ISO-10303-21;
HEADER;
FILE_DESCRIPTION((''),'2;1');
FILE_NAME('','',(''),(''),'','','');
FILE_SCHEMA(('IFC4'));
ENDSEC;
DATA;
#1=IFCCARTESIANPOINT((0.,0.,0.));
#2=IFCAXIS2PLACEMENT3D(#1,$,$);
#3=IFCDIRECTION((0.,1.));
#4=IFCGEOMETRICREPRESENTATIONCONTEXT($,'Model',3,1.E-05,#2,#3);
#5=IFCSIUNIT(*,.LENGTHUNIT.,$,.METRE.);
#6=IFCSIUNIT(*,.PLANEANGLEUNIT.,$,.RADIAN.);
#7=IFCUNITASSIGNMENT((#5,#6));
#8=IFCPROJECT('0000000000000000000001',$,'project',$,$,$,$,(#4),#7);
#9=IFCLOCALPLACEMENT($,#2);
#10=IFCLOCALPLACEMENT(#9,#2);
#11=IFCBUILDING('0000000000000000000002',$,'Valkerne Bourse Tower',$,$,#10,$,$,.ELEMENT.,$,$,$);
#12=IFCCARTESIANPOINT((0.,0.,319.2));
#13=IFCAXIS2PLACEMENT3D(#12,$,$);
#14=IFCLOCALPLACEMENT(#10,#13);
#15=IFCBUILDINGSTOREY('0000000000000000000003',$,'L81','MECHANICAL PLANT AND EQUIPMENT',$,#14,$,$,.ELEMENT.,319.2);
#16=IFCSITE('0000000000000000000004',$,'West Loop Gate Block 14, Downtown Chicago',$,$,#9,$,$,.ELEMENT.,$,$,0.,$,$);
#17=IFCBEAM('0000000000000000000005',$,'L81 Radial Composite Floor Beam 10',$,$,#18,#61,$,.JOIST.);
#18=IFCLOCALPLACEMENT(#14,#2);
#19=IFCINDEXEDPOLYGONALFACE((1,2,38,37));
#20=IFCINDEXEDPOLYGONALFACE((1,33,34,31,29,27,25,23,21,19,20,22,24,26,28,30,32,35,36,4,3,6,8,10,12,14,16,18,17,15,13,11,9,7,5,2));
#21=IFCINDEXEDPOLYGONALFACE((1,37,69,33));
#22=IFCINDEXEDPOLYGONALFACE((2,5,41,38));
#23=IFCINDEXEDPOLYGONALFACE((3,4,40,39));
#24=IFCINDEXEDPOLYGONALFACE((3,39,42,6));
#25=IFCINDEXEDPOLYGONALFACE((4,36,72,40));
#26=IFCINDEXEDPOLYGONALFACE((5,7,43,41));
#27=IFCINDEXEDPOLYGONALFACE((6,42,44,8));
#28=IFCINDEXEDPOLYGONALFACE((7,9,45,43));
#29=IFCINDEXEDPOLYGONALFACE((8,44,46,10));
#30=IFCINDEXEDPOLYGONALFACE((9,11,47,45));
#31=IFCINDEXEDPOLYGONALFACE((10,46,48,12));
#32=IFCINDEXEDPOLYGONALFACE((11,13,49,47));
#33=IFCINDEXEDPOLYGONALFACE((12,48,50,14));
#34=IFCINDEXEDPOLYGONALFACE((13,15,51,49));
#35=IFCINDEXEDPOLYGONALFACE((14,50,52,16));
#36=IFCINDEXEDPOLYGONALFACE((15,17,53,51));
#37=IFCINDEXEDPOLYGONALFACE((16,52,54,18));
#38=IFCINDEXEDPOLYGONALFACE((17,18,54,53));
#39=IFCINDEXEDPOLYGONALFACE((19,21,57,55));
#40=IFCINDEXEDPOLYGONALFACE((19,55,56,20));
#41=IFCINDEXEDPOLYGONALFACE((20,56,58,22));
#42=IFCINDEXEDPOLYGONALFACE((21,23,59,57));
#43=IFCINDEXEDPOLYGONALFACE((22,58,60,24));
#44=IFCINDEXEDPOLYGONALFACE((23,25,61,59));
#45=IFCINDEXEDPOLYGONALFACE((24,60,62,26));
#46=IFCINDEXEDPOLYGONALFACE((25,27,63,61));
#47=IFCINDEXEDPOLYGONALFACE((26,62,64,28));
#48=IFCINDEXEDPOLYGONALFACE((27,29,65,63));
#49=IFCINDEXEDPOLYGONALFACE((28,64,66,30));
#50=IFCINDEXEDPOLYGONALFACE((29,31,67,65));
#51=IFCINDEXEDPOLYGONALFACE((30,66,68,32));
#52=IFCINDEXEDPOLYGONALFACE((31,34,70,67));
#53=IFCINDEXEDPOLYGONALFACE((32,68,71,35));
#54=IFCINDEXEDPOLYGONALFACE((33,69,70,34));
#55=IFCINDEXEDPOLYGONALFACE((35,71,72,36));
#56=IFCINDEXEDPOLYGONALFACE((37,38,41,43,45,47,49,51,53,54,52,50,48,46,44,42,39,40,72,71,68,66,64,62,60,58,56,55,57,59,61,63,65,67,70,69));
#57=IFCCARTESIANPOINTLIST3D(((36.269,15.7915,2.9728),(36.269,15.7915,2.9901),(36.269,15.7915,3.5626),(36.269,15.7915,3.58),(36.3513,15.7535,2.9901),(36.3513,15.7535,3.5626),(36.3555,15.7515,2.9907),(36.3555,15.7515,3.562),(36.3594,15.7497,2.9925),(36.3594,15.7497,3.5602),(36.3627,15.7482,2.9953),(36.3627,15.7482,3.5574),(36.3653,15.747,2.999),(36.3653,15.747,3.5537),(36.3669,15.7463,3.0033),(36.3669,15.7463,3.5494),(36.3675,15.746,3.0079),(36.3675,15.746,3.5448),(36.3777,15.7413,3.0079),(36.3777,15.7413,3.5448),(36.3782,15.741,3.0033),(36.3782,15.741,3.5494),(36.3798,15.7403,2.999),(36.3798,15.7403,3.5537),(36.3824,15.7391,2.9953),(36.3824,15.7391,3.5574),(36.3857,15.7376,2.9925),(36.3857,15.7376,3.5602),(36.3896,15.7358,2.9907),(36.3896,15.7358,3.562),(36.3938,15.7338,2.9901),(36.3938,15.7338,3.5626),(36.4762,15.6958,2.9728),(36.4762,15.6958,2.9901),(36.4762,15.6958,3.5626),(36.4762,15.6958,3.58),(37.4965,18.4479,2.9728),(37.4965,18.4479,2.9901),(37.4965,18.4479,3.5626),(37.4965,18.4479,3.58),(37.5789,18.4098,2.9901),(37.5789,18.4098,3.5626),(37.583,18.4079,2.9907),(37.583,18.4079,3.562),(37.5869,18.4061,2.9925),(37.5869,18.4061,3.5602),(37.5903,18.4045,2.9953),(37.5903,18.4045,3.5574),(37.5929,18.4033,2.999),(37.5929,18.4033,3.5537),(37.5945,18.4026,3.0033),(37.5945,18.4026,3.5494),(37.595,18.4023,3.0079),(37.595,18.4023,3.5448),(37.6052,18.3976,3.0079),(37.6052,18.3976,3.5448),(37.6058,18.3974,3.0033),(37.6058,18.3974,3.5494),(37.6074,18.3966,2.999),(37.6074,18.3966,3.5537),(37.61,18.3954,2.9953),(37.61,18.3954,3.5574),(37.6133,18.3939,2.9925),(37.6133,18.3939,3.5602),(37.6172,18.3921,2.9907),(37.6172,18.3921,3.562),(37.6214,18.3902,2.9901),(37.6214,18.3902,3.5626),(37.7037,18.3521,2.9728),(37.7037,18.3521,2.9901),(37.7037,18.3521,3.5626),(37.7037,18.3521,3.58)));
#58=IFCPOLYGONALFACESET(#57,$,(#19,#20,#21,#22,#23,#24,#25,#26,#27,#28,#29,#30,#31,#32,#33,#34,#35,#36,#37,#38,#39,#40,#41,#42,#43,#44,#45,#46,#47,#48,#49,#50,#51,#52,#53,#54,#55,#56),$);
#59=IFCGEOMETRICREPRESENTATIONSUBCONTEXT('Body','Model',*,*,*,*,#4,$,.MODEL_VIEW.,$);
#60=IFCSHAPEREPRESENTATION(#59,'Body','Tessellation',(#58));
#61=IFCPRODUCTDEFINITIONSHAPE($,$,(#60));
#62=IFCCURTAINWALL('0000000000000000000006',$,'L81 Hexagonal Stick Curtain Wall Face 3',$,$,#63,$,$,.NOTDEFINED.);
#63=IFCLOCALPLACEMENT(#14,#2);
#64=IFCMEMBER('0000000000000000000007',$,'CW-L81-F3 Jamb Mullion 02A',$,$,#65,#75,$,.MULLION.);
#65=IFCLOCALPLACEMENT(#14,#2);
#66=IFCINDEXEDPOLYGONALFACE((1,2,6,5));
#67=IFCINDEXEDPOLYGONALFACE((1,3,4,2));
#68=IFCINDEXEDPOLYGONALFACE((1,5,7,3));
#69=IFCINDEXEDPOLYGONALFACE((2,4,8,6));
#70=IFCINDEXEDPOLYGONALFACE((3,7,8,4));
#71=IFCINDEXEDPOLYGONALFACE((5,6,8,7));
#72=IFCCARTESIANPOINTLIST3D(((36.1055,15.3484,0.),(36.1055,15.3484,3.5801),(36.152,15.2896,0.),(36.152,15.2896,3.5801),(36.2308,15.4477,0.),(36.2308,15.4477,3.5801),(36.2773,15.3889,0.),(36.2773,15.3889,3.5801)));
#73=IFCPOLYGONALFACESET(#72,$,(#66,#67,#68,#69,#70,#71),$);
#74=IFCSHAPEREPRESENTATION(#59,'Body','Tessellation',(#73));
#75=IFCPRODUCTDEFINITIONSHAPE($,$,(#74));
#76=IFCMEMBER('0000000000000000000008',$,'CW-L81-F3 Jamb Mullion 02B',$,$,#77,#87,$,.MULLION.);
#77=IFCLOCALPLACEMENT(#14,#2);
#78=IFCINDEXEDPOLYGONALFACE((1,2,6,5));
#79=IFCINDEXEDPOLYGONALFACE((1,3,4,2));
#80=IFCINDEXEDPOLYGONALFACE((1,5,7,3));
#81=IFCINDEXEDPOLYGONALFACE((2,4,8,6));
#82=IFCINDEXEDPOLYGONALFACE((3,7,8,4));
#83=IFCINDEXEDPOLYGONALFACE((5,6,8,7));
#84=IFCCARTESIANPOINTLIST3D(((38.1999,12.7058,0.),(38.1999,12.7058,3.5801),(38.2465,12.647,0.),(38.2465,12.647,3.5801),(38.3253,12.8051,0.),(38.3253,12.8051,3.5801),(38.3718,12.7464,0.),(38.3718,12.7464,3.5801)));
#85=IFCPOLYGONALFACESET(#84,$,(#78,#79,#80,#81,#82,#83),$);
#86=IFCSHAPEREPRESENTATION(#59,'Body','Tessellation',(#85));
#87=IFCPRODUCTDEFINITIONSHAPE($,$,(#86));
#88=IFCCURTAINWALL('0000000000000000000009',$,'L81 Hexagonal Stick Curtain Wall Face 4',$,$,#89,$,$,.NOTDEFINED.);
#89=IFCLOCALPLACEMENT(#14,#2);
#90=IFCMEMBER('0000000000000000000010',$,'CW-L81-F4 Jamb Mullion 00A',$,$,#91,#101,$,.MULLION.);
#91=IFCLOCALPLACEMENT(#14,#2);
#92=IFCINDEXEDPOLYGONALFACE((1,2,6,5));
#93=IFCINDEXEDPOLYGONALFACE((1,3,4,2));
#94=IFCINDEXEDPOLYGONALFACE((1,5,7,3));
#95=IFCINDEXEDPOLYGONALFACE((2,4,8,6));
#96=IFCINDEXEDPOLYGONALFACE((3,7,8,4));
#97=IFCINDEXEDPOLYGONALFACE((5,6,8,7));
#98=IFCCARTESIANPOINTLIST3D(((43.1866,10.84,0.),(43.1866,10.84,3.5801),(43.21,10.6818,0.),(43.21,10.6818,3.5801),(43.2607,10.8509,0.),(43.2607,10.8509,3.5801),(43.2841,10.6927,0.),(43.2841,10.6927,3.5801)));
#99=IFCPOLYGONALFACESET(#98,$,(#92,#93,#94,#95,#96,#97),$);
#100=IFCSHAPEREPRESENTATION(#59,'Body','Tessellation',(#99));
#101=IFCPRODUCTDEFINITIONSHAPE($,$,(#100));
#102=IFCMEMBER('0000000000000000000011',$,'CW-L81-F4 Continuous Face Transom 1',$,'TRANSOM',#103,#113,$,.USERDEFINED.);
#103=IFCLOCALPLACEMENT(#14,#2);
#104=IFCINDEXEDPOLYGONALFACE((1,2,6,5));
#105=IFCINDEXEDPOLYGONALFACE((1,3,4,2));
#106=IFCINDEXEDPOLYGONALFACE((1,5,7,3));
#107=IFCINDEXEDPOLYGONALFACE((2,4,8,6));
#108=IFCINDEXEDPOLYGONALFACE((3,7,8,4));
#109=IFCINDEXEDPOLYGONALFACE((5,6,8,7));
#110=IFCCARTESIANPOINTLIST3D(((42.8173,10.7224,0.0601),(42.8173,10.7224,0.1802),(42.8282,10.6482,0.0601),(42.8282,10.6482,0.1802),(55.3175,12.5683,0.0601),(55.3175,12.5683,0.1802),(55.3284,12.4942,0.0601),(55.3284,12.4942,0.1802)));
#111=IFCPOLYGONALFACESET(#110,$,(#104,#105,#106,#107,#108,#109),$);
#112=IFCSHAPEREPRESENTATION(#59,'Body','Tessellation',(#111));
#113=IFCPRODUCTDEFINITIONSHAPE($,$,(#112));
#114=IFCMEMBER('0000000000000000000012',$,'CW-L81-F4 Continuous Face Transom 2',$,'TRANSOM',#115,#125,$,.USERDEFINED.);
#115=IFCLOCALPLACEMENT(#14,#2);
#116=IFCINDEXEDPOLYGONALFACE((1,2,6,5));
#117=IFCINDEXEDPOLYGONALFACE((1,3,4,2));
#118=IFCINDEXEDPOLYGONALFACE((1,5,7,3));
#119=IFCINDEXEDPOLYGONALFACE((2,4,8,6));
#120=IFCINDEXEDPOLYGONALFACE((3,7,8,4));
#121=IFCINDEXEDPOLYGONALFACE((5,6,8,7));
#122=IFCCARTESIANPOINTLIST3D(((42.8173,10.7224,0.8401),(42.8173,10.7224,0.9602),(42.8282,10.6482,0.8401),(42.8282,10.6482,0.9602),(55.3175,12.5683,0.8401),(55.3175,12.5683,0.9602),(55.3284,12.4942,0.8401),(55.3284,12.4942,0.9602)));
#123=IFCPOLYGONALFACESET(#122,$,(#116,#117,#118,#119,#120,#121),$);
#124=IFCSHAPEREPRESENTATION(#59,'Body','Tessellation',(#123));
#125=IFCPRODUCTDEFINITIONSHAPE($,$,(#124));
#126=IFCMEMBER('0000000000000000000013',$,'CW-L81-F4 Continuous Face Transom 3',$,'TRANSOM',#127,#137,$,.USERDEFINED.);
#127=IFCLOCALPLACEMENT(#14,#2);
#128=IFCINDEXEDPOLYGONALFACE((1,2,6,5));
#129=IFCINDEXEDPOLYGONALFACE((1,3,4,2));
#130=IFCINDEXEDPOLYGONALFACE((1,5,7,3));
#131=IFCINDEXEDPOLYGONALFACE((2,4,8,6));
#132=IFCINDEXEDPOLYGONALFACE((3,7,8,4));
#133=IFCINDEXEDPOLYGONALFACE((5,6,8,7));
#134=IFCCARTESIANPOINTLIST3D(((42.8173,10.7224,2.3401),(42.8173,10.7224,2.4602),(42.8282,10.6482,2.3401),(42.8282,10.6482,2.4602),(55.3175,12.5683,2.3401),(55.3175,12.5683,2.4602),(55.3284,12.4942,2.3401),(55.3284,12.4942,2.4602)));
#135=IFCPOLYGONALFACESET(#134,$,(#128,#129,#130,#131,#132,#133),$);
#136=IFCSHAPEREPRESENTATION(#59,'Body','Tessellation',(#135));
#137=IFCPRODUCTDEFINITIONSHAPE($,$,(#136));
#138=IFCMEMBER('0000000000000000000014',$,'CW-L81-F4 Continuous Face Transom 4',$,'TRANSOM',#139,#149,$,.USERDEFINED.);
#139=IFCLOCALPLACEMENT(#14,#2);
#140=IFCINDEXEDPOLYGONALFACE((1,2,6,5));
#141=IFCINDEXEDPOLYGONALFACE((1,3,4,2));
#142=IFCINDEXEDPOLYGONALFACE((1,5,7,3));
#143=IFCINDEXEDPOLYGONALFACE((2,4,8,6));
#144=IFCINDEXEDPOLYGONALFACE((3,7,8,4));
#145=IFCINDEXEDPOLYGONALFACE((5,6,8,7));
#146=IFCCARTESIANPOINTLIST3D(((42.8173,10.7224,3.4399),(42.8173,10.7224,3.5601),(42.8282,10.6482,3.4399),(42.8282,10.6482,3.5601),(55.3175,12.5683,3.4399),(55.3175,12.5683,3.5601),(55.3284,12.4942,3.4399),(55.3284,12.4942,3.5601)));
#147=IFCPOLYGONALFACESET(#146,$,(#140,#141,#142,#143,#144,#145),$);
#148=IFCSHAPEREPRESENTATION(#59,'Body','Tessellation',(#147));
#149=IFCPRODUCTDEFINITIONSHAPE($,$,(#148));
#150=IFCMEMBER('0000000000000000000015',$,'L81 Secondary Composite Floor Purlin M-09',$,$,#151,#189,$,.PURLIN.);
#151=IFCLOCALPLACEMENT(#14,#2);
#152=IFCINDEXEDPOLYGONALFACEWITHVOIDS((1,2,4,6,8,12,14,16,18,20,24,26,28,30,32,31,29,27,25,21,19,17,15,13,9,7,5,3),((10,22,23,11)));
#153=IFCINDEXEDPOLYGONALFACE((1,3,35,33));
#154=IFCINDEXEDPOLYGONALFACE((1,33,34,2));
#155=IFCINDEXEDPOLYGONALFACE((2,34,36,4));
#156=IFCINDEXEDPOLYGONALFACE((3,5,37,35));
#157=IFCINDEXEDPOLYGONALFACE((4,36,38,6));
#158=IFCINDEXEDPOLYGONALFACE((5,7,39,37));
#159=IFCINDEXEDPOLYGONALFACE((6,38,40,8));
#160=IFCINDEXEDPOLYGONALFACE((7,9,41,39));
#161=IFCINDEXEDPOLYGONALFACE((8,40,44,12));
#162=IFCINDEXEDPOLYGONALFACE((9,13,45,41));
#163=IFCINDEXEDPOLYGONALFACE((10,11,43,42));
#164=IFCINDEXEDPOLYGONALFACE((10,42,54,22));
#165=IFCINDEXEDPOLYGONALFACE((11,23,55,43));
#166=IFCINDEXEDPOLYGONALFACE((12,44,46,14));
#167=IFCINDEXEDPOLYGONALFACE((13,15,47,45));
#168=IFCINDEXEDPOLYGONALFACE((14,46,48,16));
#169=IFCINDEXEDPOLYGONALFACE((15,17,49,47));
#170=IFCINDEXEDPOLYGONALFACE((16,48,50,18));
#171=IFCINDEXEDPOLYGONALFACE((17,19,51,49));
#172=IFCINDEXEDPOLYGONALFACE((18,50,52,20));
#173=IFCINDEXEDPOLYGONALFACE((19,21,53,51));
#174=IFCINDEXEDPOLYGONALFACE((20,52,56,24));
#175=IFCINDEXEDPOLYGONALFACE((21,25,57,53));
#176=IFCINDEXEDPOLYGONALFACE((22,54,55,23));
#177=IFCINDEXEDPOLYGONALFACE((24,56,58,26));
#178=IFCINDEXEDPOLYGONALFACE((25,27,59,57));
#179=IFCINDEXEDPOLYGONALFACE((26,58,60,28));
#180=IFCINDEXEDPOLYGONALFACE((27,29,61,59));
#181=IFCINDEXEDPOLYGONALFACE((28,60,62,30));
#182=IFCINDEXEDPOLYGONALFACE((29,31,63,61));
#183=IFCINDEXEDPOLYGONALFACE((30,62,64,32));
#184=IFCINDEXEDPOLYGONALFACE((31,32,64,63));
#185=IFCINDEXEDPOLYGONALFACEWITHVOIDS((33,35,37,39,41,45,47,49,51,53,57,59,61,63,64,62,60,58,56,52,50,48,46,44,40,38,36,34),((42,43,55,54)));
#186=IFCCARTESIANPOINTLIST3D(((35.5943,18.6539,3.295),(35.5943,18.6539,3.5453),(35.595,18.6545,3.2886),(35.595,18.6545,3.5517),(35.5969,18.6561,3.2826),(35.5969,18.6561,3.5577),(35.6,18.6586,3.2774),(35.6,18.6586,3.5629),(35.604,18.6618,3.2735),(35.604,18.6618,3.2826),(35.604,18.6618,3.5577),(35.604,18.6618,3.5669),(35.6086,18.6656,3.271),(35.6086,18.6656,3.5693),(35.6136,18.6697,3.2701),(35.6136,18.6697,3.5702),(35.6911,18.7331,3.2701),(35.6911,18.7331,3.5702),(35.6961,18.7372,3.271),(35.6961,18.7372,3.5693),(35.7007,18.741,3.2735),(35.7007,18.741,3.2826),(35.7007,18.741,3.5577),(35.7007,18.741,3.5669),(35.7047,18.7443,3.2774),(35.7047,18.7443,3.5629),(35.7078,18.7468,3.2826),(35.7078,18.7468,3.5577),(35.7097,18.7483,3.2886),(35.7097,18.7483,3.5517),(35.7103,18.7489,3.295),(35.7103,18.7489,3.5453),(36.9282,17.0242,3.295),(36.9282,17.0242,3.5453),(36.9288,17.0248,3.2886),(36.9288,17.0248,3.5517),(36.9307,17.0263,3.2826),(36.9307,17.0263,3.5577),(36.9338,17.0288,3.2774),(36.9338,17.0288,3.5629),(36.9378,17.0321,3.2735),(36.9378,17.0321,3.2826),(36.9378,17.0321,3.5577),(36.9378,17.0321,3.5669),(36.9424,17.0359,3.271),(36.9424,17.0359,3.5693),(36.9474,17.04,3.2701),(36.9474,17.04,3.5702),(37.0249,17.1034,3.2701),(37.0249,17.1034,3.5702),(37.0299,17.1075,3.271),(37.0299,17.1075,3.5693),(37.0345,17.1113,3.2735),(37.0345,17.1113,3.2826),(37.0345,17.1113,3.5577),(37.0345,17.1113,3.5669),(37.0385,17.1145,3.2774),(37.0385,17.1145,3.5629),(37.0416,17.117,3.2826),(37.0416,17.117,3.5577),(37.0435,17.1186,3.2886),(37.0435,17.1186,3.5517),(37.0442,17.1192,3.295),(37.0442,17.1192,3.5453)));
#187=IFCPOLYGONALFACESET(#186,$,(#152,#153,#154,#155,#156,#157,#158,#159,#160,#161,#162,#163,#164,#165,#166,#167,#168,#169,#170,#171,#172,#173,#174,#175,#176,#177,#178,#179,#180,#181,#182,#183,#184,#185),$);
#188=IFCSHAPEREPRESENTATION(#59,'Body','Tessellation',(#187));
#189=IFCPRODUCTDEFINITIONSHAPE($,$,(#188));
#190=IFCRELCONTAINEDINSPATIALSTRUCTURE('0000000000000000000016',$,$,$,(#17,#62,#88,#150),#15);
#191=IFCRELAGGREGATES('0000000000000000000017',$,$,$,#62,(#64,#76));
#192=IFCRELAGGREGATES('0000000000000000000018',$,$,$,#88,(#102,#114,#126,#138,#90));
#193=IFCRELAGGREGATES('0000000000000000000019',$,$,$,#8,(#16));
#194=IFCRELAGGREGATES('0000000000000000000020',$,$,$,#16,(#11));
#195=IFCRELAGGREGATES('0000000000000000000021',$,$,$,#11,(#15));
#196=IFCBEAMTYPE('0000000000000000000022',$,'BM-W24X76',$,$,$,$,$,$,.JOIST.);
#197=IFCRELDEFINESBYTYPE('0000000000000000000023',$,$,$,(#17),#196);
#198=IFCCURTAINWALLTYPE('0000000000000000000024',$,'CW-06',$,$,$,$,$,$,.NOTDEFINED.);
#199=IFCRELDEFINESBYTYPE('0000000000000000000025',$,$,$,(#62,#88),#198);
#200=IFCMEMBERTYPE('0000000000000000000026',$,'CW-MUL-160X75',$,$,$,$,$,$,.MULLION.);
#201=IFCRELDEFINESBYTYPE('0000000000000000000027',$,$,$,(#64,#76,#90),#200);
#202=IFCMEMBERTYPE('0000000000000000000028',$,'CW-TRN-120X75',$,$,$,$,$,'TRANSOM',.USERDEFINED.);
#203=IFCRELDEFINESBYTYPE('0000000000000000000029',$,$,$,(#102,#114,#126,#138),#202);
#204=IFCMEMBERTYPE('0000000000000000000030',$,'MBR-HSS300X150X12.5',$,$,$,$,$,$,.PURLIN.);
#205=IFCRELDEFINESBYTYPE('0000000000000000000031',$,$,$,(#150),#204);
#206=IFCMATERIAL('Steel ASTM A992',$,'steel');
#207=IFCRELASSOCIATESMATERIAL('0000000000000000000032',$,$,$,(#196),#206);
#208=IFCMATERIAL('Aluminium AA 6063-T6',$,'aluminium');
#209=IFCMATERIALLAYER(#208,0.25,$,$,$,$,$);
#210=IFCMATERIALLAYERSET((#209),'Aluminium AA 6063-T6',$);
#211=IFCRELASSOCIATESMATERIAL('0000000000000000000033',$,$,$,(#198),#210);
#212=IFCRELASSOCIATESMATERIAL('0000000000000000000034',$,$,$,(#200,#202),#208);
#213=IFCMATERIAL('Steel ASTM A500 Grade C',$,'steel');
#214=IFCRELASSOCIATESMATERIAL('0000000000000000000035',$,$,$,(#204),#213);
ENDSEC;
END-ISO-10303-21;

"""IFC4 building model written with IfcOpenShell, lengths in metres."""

from ifc_helpers import new_model, si_unit, direction, frame, origin, origin_2d, place, context, subcontext, project, spatial, rectangle, hollow_rectangle, i_section, extrude, material, layer, layer_set, material_profile, profile_set, type_object, element, aggregate, save


model = new_model("IFC4")

# Units and contexts
model_context = context("Model", 3, precision=1e-05, world=origin(), true_north=direction((0.0, 1.0)))
body_context = subcontext(model_context, "Body", "Model", "MODEL_VIEW")
ifc_project = project(units=[si_unit("LENGTHUNIT", "METRE"), si_unit("PLANEANGLEUNIT", "RADIAN")], contexts=[model_context])

# Site, building, storey
site_placement = place(None, origin())
site = spatial("IfcSite", under=ifc_project, at=site_placement, Name="West Loop Gate Block 14, Downtown Chicago", CompositionType="ELEMENT", RefElevation=0.0)
building_placement = place(site_placement, origin())
building = spatial("IfcBuilding", under=site, at=building_placement, Name="Valkerne Bourse Tower", CompositionType="ELEMENT")
storey_placement = place(building_placement, frame((0.0, 0.0, 319.2)))
storey = spatial("IfcBuildingStorey", under=building, at=storey_placement, Name="L81", Description="MECHANICAL PLANT AND EQUIPMENT", CompositionType="ELEMENT", Elevation=319.2)

# Shared definitions
ifc_material_1 = material(Name="Steel ASTM A500 Grade C", Category="steel")

# Beam
ifc_material_2 = material(Name="Steel ASTM A992", Category="steel")
ifc_material_profile_1 = material_profile(ifc_material_2, i_section(OverallWidth=0.2283, OverallDepth=0.6072, WebThickness=0.0112, FlangeThickness=0.0173, FilletRadius=0.0178, at=origin_2d()), Name="W24X76")
ifc_profile_set_1 = profile_set([ifc_material_profile_1], Name="Steel ASTM A992")
beam_type_1 = type_object("IfcBeamType", Name="BM-W24X76", PredefinedType="JOIST", material=ifc_profile_set_1)
beam_1_placement = place(storey_placement, frame((36.3726, 15.7437, 3.2764), z_axis=(0.419503, 0.907754, 0.0), x_axis=(-0.907754, 0.419503, 0.0)))
element("IfcBeam", 1, at=beam_1_placement, inside=storey, type_object=beam_type_1, Name="L81 Radial Composite Floor Beam 10", PredefinedType="JOIST", context=body_context, shape_type="SweptSolid", body=[
    extrude(i_section(OverallWidth=0.2283, OverallDepth=0.6072, WebThickness=0.0112, FlangeThickness=0.0173, FilletRadius=0.0178, at=origin_2d()), origin(), (0.0, 0.0, 1.0), 2.9263),
])

# Curtain walls, members
ifc_material_3 = material(Name="Aluminium AA 6063-T6", Category="aluminium")
ifc_layer_1 = layer(ifc_material_3, 0.25)
ifc_layer_set_1 = layer_set([ifc_layer_1], Name="Aluminium AA 6063-T6")
curtain_wall_type = type_object("IfcCurtainWallType", Name="CW-06", PredefinedType="NOTDEFINED", material=ifc_layer_set_1)
curtain_wall_1_placement = place(storey_placement, origin())
curtain_wall_1 = element("IfcCurtainWall", 2, at=curtain_wall_1_placement, inside=storey, type_object=curtain_wall_type, Name="L81 Hexagonal Stick Curtain Wall Face 3", PredefinedType="NOTDEFINED")
ifc_material_profile_2 = material_profile(ifc_material_3, rectangle(XDim=0.075, YDim=0.1599, at=origin_2d()), Name="CWM-75X160")
ifc_profile_set_2 = profile_set([ifc_material_profile_2], Name="Aluminium AA 6063-T6")
member_type_1 = type_object("IfcMemberType", Name="CW-MUL-160X75", PredefinedType="MULLION", material=ifc_profile_set_2)
member_1_placement = place(storey_placement, frame((36.1914, 15.3687, 0.0), z_axis=(0.0, 0.0, 1.0), x_axis=(0.621153, -0.783689, 0.0)))
member_1 = element("IfcMember", 3, at=member_1_placement, type_object=member_type_1, Name="CW-L81-F3 Jamb Mullion 02A", PredefinedType="MULLION", context=body_context, shape_type="SweptSolid", body=[
    extrude(rectangle(XDim=0.075, YDim=0.1599, at=origin_2d()), origin(), (0.0, 0.0, 1.0), 3.5801),
])
member_2_placement = place(storey_placement, frame((38.2859, 12.7261, 0.0), z_axis=(0.0, 0.0, 1.0), x_axis=(0.621153, -0.783689, 0.0)))
member_2 = element("IfcMember", 4, at=member_2_placement, type_object=member_type_1, Name="CW-L81-F3 Jamb Mullion 02B", PredefinedType="MULLION", context=body_context, shape_type="SweptSolid", body=[
    extrude(rectangle(XDim=0.075, YDim=0.1599, at=origin_2d()), origin(), (0.0, 0.0, 1.0), 3.5801),
])
curtain_wall_2_placement = place(storey_placement, origin())
curtain_wall_2 = element("IfcCurtainWall", 5, at=curtain_wall_2_placement, inside=storey, type_object=curtain_wall_type, Name="L81 Hexagonal Stick Curtain Wall Face 4", PredefinedType="NOTDEFINED")
member_3_placement = place(storey_placement, frame((43.2354, 10.7664, 0.0), z_axis=(0.0, 0.0, 1.0), x_axis=(0.989269, 0.146106, 0.0)))
member_3 = element("IfcMember", 6, at=member_3_placement, type_object=member_type_1, Name="CW-L81-F4 Jamb Mullion 00A", PredefinedType="MULLION", context=body_context, shape_type="SweptSolid", body=[
    extrude(rectangle(XDim=0.075, YDim=0.1599, at=origin_2d()), origin(), (0.0, 0.0, 1.0), 3.5801),
])
ifc_material_profile_3 = material_profile(ifc_material_3, rectangle(XDim=0.075, YDim=0.1201, at=origin_2d()), Name="CWT-75X120")
ifc_profile_set_3 = profile_set([ifc_material_profile_3], Name="Aluminium AA 6063-T6")
member_type_2 = type_object("IfcMemberType", Name="CW-TRN-120X75", ElementType="TRANSOM", PredefinedType="USERDEFINED", material=ifc_profile_set_3)
member_4_placement = place(storey_placement, frame((42.8228, 10.6853, 0.1201), z_axis=(0.989272, 0.146089, 0.0), x_axis=(-0.146089, 0.989272, 0.0)))
member_4 = element("IfcMember", 7, at=member_4_placement, type_object=member_type_2, Name="CW-L81-F4 Continuous Face Transom 1", ObjectType="TRANSOM", PredefinedType="USERDEFINED", context=body_context, shape_type="SweptSolid", body=[
    extrude(rectangle(XDim=0.075, YDim=0.1201, at=origin_2d()), origin(), (0.0, 0.0, 1.0), 12.6357),
])
member_5_placement = place(storey_placement, frame((42.8228, 10.6853, 0.9001), z_axis=(0.989272, 0.146089, 0.0), x_axis=(-0.146089, 0.989272, 0.0)))
member_5 = element("IfcMember", 8, at=member_5_placement, type_object=member_type_2, Name="CW-L81-F4 Continuous Face Transom 2", ObjectType="TRANSOM", PredefinedType="USERDEFINED", context=body_context, shape_type="SweptSolid", body=[
    extrude(rectangle(XDim=0.075, YDim=0.1201, at=origin_2d()), origin(), (0.0, 0.0, 1.0), 12.6357),
])
member_6_placement = place(storey_placement, frame((42.8228, 10.6853, 2.4001), z_axis=(0.989272, 0.146089, 0.0), x_axis=(-0.146089, 0.989272, 0.0)))
member_6 = element("IfcMember", 9, at=member_6_placement, type_object=member_type_2, Name="CW-L81-F4 Continuous Face Transom 3", ObjectType="TRANSOM", PredefinedType="USERDEFINED", context=body_context, shape_type="SweptSolid", body=[
    extrude(rectangle(XDim=0.075, YDim=0.1201, at=origin_2d()), origin(), (0.0, 0.0, 1.0), 12.6357),
])
member_7_placement = place(storey_placement, frame((42.8228, 10.6853, 3.5), z_axis=(0.989272, 0.146089, 0.0), x_axis=(-0.146089, 0.989272, 0.0)))
member_7 = element("IfcMember", 10, at=member_7_placement, type_object=member_type_2, Name="CW-L81-F4 Continuous Face Transom 4", ObjectType="TRANSOM", PredefinedType="USERDEFINED", context=body_context, shape_type="SweptSolid", body=[
    extrude(rectangle(XDim=0.075, YDim=0.1201, at=origin_2d()), origin(), (0.0, 0.0, 1.0), 12.6357),
])

# Member
ifc_material_profile_4 = material_profile(ifc_material_1, hollow_rectangle(XDim=0.1499, YDim=0.3, WallThickness=0.0125, OuterFilletRadius=0.0249, at=origin_2d()), Name="HSS300X150X12.5")
ifc_profile_set_4 = profile_set([ifc_material_profile_4], Name="Steel ASTM A500 Grade C")
member_type_3 = type_object("IfcMemberType", Name="MBR-HSS300X150X12.5", PredefinedType="PURLIN", material=ifc_profile_set_4)
for number, where, z_axis, x_axis, name in (
    (11, (35.6523, 18.7014, 3.4202), (0.633351, -0.773864, 0.0), (0.773864, 0.633351, 0.0), "L81 Secondary Composite Floor Purlin M-09"),
):
    element("IfcMember", number, at=place(storey_placement, frame(where, z_axis=z_axis, x_axis=x_axis)), inside=storey, type_object=member_type_3, Name=name, PredefinedType="PURLIN", context=body_context, shape_type="SweptSolid", body=[
        extrude(hollow_rectangle(XDim=0.1499, YDim=0.3, WallThickness=0.0125, OuterFilletRadius=0.0249, at=origin_2d()), origin(), (0.0, 0.0, 1.0), 2.106),
    ])

aggregate(curtain_wall_1, [member_1, member_2])
aggregate(curtain_wall_2, [member_4, member_5, member_6, member_7, member_3])

save(model, "model.ifc")
